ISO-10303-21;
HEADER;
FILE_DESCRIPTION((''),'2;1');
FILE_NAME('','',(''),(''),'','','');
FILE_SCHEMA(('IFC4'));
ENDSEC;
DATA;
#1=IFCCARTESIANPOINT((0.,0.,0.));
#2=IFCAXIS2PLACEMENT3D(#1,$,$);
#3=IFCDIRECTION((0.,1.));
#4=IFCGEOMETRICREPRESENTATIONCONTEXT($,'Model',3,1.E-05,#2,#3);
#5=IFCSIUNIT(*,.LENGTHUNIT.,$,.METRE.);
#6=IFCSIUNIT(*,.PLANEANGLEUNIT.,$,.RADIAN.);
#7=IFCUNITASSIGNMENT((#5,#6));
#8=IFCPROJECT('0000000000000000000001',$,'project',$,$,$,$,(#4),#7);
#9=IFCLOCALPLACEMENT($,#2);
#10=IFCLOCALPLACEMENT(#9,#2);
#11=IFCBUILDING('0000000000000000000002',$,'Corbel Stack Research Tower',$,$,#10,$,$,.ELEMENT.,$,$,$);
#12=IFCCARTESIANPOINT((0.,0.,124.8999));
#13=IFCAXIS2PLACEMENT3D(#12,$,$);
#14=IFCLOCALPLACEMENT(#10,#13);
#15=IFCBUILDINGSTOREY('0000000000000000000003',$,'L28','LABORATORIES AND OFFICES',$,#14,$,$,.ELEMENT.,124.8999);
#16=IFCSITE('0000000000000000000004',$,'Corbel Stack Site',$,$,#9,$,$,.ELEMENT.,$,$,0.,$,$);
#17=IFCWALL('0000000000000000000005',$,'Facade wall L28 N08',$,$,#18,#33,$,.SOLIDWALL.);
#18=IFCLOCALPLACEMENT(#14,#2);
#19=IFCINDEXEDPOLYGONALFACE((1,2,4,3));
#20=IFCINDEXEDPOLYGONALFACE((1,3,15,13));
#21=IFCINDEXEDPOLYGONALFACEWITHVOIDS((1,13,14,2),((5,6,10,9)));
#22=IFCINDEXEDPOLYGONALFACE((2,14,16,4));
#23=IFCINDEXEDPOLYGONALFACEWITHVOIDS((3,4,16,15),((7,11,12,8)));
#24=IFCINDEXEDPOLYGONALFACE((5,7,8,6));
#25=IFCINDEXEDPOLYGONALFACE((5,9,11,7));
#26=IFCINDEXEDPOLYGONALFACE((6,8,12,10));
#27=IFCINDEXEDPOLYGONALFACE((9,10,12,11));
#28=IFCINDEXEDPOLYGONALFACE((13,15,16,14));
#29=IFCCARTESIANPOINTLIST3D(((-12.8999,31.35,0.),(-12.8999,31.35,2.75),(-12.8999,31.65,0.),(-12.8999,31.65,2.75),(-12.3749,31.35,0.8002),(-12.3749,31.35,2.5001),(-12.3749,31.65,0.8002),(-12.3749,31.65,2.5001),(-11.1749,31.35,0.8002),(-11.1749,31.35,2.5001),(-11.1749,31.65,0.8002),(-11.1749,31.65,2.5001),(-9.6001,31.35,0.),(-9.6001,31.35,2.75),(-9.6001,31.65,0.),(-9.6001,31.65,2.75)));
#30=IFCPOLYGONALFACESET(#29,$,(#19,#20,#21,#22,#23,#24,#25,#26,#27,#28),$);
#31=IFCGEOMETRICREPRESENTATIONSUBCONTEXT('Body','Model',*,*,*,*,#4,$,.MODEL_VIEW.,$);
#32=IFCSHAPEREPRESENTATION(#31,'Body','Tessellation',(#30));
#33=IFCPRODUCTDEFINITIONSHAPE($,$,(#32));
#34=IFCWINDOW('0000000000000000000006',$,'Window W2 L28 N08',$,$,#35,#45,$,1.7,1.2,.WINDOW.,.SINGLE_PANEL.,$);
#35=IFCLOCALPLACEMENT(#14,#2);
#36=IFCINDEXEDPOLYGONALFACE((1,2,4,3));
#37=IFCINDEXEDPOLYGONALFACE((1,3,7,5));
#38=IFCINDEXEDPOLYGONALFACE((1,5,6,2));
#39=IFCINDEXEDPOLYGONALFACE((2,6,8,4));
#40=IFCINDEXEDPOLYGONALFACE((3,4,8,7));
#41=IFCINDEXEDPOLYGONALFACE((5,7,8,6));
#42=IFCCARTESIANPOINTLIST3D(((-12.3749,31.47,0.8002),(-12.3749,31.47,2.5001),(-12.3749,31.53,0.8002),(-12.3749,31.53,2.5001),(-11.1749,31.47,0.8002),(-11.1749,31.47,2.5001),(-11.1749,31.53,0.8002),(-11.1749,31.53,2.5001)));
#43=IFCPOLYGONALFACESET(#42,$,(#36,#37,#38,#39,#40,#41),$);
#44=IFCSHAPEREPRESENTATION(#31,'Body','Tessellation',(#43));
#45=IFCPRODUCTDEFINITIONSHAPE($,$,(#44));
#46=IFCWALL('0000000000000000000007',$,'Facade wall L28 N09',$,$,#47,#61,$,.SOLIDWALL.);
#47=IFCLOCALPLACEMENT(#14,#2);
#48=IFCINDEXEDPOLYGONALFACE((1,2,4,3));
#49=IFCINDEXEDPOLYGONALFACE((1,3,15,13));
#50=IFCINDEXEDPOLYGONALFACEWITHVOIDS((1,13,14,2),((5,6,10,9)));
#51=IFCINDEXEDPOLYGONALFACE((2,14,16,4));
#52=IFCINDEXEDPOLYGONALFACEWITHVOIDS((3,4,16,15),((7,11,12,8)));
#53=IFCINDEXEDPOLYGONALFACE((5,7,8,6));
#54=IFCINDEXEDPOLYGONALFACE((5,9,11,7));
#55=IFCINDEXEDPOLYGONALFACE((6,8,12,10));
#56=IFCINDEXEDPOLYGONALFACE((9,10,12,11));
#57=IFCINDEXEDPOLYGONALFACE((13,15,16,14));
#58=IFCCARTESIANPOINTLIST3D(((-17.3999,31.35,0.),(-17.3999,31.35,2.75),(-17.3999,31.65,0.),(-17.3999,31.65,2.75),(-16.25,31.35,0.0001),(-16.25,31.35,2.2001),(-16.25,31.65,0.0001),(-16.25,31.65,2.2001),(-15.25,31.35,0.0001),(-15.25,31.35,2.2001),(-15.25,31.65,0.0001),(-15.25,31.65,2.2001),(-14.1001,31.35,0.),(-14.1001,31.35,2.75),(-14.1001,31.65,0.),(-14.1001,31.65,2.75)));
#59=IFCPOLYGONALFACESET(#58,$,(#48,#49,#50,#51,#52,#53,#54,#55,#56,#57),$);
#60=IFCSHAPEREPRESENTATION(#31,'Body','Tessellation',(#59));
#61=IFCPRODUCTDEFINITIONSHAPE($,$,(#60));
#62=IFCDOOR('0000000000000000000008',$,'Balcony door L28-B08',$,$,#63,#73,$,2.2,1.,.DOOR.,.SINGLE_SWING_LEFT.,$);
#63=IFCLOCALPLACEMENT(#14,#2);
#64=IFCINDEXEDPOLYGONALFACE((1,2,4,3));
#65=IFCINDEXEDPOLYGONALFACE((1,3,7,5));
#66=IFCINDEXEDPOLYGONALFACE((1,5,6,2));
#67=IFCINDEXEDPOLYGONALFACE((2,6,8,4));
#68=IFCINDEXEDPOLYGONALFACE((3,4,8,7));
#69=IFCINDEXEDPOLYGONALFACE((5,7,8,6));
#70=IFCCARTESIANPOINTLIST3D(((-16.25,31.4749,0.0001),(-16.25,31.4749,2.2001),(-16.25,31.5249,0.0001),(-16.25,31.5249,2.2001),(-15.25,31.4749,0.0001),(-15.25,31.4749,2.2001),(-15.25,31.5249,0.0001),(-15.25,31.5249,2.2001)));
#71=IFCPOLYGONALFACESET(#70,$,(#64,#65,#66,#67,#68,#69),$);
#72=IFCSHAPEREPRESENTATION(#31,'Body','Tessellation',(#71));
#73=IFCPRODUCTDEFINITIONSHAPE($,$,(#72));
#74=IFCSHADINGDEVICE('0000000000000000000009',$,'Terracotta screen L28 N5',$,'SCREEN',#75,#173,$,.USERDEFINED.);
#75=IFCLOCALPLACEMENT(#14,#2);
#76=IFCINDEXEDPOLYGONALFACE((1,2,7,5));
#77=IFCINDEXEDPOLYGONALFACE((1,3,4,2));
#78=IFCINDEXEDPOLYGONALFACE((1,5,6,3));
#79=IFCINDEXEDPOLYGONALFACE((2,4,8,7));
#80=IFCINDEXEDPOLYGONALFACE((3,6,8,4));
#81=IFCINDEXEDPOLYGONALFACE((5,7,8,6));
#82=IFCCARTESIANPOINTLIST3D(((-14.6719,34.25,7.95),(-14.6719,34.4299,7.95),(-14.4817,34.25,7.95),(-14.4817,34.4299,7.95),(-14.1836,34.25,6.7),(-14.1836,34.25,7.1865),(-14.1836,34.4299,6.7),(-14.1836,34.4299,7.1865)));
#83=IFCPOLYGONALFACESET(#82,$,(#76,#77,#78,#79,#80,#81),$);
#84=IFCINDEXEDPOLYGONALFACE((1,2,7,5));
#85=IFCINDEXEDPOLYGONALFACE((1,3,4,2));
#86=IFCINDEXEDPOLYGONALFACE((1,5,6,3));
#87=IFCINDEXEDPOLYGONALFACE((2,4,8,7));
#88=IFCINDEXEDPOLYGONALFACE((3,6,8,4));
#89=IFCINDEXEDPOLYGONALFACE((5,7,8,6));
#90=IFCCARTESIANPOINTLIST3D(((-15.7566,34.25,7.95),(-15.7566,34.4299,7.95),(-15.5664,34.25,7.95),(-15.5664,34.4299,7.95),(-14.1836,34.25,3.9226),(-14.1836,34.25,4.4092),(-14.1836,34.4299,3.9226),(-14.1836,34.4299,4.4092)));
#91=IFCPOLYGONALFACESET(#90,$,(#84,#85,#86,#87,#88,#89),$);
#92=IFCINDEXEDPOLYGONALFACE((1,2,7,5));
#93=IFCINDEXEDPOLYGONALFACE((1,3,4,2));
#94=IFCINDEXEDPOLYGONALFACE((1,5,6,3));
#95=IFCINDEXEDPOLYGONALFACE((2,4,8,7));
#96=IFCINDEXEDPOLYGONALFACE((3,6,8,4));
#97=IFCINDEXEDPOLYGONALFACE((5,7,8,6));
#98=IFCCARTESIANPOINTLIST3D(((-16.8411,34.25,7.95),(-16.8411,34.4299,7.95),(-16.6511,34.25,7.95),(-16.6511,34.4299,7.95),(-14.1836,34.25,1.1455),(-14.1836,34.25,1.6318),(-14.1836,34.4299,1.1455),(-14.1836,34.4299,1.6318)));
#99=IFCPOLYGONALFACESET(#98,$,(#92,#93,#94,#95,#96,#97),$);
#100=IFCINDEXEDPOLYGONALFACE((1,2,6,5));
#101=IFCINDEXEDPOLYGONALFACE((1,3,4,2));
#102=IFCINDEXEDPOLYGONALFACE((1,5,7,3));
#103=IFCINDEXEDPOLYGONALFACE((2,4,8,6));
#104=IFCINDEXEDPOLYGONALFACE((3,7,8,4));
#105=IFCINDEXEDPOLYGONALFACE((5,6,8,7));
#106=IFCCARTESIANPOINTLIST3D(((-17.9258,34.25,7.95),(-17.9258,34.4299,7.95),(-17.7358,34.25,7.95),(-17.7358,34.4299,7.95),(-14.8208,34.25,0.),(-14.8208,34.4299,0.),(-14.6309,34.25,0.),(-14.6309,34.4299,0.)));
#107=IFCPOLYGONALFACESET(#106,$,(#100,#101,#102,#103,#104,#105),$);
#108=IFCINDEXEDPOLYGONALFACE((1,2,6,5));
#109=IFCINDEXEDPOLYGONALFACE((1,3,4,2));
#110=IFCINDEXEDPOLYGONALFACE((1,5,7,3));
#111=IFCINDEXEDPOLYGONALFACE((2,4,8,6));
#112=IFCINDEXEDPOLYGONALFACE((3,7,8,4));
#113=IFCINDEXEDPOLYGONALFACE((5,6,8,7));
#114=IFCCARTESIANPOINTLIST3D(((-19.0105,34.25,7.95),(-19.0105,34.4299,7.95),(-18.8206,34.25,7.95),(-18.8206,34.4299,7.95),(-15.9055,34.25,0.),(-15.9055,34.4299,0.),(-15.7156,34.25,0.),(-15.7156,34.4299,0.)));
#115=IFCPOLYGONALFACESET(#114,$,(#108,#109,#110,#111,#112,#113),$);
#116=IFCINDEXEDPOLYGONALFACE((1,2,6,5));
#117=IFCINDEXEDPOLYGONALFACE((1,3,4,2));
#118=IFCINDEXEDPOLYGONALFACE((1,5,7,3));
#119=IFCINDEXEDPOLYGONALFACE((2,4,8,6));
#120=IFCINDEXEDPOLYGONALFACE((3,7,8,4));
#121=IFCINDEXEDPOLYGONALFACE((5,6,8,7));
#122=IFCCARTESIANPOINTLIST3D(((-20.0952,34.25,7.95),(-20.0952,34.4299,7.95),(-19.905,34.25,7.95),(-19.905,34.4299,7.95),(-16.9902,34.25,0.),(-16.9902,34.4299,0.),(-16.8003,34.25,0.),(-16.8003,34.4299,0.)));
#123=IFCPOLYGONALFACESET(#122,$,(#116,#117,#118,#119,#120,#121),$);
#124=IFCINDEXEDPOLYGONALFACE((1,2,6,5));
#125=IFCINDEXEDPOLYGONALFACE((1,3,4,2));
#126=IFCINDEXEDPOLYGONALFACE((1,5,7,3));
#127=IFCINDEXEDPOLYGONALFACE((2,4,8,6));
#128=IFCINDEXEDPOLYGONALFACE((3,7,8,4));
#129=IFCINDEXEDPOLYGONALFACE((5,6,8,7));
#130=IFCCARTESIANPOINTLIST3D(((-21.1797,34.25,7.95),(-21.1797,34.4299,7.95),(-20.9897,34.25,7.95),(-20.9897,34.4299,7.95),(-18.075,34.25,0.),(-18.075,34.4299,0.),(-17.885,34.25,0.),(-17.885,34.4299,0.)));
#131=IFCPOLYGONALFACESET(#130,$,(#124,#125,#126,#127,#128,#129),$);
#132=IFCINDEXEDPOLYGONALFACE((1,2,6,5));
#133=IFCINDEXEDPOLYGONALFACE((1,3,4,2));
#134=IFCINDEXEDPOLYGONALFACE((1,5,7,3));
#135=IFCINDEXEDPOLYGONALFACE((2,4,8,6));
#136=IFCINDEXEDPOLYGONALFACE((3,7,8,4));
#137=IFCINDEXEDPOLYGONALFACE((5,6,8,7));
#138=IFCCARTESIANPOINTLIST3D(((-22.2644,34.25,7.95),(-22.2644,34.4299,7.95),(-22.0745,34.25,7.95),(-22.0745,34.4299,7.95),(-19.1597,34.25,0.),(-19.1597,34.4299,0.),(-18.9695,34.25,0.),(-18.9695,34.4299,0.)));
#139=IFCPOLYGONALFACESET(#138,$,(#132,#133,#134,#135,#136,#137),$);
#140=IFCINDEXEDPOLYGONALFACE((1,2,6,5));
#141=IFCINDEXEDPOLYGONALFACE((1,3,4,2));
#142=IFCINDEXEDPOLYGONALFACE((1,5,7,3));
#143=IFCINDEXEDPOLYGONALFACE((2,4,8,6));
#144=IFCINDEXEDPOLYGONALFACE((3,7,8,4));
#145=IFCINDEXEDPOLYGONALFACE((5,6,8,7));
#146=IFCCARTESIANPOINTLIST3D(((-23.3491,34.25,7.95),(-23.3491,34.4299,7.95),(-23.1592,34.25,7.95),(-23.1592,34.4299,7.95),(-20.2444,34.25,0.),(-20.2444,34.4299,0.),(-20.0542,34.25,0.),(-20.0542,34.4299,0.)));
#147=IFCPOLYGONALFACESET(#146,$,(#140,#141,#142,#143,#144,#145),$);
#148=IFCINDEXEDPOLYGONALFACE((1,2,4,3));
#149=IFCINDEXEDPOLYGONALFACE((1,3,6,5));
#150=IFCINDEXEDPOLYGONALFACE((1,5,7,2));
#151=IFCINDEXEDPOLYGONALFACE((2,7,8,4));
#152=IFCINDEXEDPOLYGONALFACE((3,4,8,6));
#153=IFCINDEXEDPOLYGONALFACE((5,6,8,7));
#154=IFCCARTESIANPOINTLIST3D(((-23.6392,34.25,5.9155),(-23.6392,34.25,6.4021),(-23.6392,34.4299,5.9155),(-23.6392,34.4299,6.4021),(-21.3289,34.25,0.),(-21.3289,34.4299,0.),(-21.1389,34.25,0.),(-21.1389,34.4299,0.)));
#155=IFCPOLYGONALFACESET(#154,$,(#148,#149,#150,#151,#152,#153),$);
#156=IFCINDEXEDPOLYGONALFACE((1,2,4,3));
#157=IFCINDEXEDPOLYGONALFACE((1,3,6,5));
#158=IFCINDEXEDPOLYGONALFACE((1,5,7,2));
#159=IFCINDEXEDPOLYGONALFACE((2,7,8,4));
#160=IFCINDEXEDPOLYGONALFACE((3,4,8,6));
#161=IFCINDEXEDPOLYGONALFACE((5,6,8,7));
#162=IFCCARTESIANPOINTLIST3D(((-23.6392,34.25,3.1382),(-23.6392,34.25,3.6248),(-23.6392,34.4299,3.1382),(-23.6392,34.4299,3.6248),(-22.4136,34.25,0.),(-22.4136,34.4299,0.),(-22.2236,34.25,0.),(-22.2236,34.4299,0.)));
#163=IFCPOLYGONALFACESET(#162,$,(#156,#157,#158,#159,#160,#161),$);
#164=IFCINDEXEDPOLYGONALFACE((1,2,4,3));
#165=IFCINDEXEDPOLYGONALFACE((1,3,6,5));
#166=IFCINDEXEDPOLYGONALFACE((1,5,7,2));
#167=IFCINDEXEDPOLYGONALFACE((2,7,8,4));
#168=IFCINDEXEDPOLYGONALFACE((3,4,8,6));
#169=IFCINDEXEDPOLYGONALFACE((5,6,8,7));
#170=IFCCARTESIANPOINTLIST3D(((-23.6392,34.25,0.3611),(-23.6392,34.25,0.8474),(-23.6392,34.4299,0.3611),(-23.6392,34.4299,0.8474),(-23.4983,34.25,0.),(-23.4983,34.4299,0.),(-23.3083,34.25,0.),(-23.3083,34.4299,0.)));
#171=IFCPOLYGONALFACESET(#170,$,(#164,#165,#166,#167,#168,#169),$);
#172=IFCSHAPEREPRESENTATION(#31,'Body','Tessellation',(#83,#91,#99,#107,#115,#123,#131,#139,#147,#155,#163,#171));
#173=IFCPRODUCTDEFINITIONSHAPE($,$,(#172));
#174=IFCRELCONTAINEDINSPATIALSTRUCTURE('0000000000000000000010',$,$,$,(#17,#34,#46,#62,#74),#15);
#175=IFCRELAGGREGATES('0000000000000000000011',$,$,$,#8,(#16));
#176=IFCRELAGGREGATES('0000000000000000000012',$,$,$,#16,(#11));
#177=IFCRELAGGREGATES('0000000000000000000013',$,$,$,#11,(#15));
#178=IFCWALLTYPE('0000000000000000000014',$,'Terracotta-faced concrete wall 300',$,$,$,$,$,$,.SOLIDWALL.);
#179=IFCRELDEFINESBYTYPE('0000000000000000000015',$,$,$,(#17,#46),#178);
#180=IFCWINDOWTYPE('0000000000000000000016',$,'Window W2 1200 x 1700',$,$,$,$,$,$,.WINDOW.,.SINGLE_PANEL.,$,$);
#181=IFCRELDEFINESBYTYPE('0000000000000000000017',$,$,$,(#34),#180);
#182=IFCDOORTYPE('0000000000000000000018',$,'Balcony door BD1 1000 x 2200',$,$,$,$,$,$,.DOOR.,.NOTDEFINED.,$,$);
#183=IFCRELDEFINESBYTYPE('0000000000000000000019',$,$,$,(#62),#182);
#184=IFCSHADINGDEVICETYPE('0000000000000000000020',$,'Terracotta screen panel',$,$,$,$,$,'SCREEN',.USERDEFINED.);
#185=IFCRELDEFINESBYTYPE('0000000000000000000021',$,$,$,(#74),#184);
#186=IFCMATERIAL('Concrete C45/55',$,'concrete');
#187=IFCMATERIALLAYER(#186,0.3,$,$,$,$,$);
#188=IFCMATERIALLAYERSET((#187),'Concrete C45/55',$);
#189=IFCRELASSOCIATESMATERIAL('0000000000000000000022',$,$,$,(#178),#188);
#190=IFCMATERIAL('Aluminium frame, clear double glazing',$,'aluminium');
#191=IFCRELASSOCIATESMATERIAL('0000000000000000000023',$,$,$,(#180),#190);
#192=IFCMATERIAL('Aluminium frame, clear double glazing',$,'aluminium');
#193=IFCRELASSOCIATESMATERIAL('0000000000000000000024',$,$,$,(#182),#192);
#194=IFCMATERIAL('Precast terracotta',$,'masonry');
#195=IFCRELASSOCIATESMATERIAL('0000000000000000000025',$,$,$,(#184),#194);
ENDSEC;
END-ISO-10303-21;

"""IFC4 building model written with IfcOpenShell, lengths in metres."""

from ifc_helpers import new_model, si_unit, direction, frame, frame_2d, origin, place, context, subcontext, project, spatial, polyline, rectangle, outline, extrude, source, transform, mapped, material, layer, layer_set, type_object, element, fill, save


model = new_model("IFC4")

# Units and contexts
model_context = context("Model", 3, precision=1e-05, world=origin(), true_north=direction((0.0, 1.0)))
body_context = subcontext(model_context, "Body", "Model", "MODEL_VIEW")
ifc_project = project(units=[si_unit("LENGTHUNIT", "METRE"), si_unit("PLANEANGLEUNIT", "RADIAN")], contexts=[model_context])

# Site, building, storey
site_placement = place(None, origin())
site = spatial("IfcSite", under=ifc_project, at=site_placement, Name="Corbel Stack Site", CompositionType="ELEMENT", RefElevation=0.0)
building_placement = place(site_placement, origin())
building = spatial("IfcBuilding", under=site, at=building_placement, Name="Corbel Stack Research Tower", CompositionType="ELEMENT")
storey_placement = place(building_placement, frame((0.0, 0.0, 124.8999)))
storey = spatial("IfcBuildingStorey", under=building, at=storey_placement, Name="L28", Description="LABORATORIES AND OFFICES", CompositionType="ELEMENT", Elevation=124.8999)

# Wall, opening, window
ifc_material_1 = material(Name="Concrete C45/55", Category="concrete")
ifc_layer_1 = layer(ifc_material_1, 0.3)
ifc_layer_set_1 = layer_set([ifc_layer_1], Name="Concrete C45/55")
wall_type_1 = type_object("IfcWallType", Name="Terracotta-faced concrete wall 300", PredefinedType="SOLIDWALL", material=ifc_layer_set_1)
wall_1_placement = place(storey_placement, frame((-12.8999, 31.5, 0.0), z_axis=(0.0, 0.0, 1.0), x_axis=(1.0, 0.0, 0.0)))
wall_1 = element("IfcWall", 1, at=wall_1_placement, inside=storey, type_object=wall_type_1, Name="Facade wall L28 N08", PredefinedType="SOLIDWALL", context=body_context, shape_type="SweptSolid", body=[
    extrude(rectangle(XDim=3.2998, YDim=0.3, at=frame_2d((1.6499, 0.0))), origin(), (0.0, 0.0, 1.0), 2.75),
])
opening_1_placement = place(wall_1_placement, frame((0.5249, 0.0, 0.8)))
opening_1 = element("IfcOpeningElement", 2, at=opening_1_placement, cuts=wall_1, PredefinedType="OPENING", context=body_context, shape_type="SweptSolid", body=[
    extrude(rectangle(XDim=1.2, YDim=1.7, at=frame_2d((0.6001, 0.8501))), frame((0.0, 0.1599, 0.0), z_axis=(0.0, -1.0, 0.0), x_axis=(1.0, 0.0, 0.0)), (0.0, 0.0, 1.0), 0.3201),
])
ifc_material_2 = material(Name="Aluminium frame, clear double glazing", Category="aluminium")
window_type_1 = type_object("IfcWindowType", Name="Window W2 1200 x 1700", PartitioningType="SINGLE_PANEL", PredefinedType="WINDOW", material=ifc_material_2)
window_1_placement = place(opening_1_placement, origin())
window_1 = element("IfcWindow", 3, at=window_1_placement, inside=storey, type_object=window_type_1, Name="Window W2 L28 N08", OverallHeight=1.7, OverallWidth=1.2, PartitioningType="SINGLE_PANEL", PredefinedType="WINDOW", context=body_context, shape_type="SweptSolid", body=[
    extrude(rectangle(XDim=1.2, YDim=1.7, at=frame_2d((0.6001, 0.8501))), frame((0.0, 0.03, 0.0), z_axis=(0.0, -1.0, 0.0), x_axis=(1.0, 0.0, 0.0)), (0.0, 0.0, 1.0), 0.0601),
])
fill(opening_1, window_1)

# Wall, opening, door
wall_2_placement = place(storey_placement, frame((-17.3999, 31.5, 0.0), z_axis=(0.0, 0.0, 1.0), x_axis=(1.0, 0.0, 0.0)))
wall_2 = element("IfcWall", 4, at=wall_2_placement, inside=storey, type_object=wall_type_1, Name="Facade wall L28 N09", PredefinedType="SOLIDWALL", context=body_context, shape_type="SweptSolid", body=[
    extrude(rectangle(XDim=3.2998, YDim=0.3, at=frame_2d((1.6499, 0.0))), origin(), (0.0, 0.0, 1.0), 2.75),
])
opening_2_placement = place(wall_2_placement, frame((1.1499, 0.0, 0.0)))
opening_2 = element("IfcOpeningElement", 5, at=opening_2_placement, cuts=wall_2, PredefinedType="OPENING", context=body_context, shape_type="SweptSolid", body=[
    extrude(rectangle(XDim=1.0, YDim=2.2, at=frame_2d((0.5, 1.1001))), frame((0.0, 0.1599, 0.0), z_axis=(0.0, -1.0, 0.0), x_axis=(1.0, 0.0, 0.0)), (0.0, 0.0, 1.0), 0.3201),
])
ifc_material_3 = material(Name="Aluminium frame, clear double glazing", Category="aluminium")
door_type_1 = type_object("IfcDoorType", Name="Balcony door BD1 1000 x 2200", OperationType="NOTDEFINED", PredefinedType="DOOR", material=ifc_material_3)
door_1_placement = place(opening_2_placement, origin())
door_1 = element("IfcDoor", 6, at=door_1_placement, inside=storey, type_object=door_type_1, Name="Balcony door L28-B08", OperationType="SINGLE_SWING_LEFT", OverallHeight=2.2, OverallWidth=1.0, PredefinedType="DOOR", context=body_context, shape_type="SweptSolid", body=[
    extrude(rectangle(XDim=1.0, YDim=2.2, at=frame_2d((0.5, 1.1001))), frame((0.0, 0.0249, 0.0), z_axis=(0.0, -1.0, 0.0), x_axis=(1.0, 0.0, 0.0)), (0.0, 0.0, 1.0), 0.05),
])
fill(opening_2, door_1)

# Shading device
ifc_material_4 = material(Name="Precast terracotta", Category="masonry")
shading_device_type = type_object("IfcShadingDeviceType", Name="Terracotta screen panel", ElementType="SCREEN", PredefinedType="USERDEFINED", material=ifc_material_4)
shared_shape_1 = source(origin(), body_context, "Body", "SweptSolid", [
    extrude(outline(polyline([(0.4883, 7.95), (0.2981, 7.95), (0.0, 7.1865), (0.0, 6.7), (0.4883, 7.95)])), frame((0.0, 0.0, 0.0), z_axis=(0.0, -1.0, 0.0), x_axis=(1.0, 0.0, 0.0)), (0.0, 0.0, 1.0), 0.1799),
    extrude(outline(polyline([(1.573, 7.95), (1.3828, 7.95), (0.0, 4.4092), (0.0, 3.9226), (1.573, 7.95)])), frame((0.0, 0.0, 0.0), z_axis=(0.0, -1.0, 0.0), x_axis=(1.0, 0.0, 0.0)), (0.0, 0.0, 1.0), 0.1799),
    extrude(outline(polyline([(2.6575, 7.95), (2.4675, 7.95), (0.0, 1.6318), (0.0, 1.1455), (2.6575, 7.95)])), frame((0.0, 0.0, 0.0), z_axis=(0.0, -1.0, 0.0), x_axis=(1.0, 0.0, 0.0)), (0.0, 0.0, 1.0), 0.1799),
    extrude(outline(polyline([(0.6372, 0.0), (3.7422, 7.95), (3.5522, 7.95), (0.4473, 0.0), (0.6372, 0.0)])), frame((0.0, 0.0, 0.0), z_axis=(0.0, -1.0, 0.0), x_axis=(1.0, 0.0, 0.0)), (0.0, 0.0, 1.0), 0.1799),
    extrude(outline(polyline([(1.7219, 0.0), (4.8269, 7.95), (4.637, 7.95), (1.532, 0.0), (1.7219, 0.0)])), frame((0.0, 0.0, 0.0), z_axis=(0.0, -1.0, 0.0), x_axis=(1.0, 0.0, 0.0)), (0.0, 0.0, 1.0), 0.1799),
    extrude(outline(polyline([(2.8066, 0.0), (5.9116, 7.95), (5.7214, 7.95), (2.6167, 0.0), (2.8066, 0.0)])), frame((0.0, 0.0, 0.0), z_axis=(0.0, -1.0, 0.0), x_axis=(1.0, 0.0, 0.0)), (0.0, 0.0, 1.0), 0.1799),
    extrude(outline(polyline([(3.8914, 0.0), (6.9961, 7.95), (6.8062, 7.95), (3.7014, 0.0), (3.8914, 0.0)])), frame((0.0, 0.0, 0.0), z_axis=(0.0, -1.0, 0.0), x_axis=(1.0, 0.0, 0.0)), (0.0, 0.0, 1.0), 0.1799),
    extrude(outline(polyline([(4.9761, 0.0), (8.0808, 7.95), (7.8909, 7.95), (4.7859, 0.0), (4.9761, 0.0)])), frame((0.0, 0.0, 0.0), z_axis=(0.0, -1.0, 0.0), x_axis=(1.0, 0.0, 0.0)), (0.0, 0.0, 1.0), 0.1799),
    extrude(outline(polyline([(6.0608, 0.0), (9.1655, 7.95), (8.9756, 7.95), (5.8706, 0.0), (6.0608, 0.0)])), frame((0.0, 0.0, 0.0), z_axis=(0.0, -1.0, 0.0), x_axis=(1.0, 0.0, 0.0)), (0.0, 0.0, 1.0), 0.1799),
    extrude(outline(polyline([(7.1453, 0.0), (9.4556, 5.9155), (9.4556, 6.4021), (6.9553, 0.0), (7.1453, 0.0)])), frame((0.0, 0.0, 0.0), z_axis=(0.0, -1.0, 0.0), x_axis=(1.0, 0.0, 0.0)), (0.0, 0.0, 1.0), 0.1799),
    extrude(outline(polyline([(8.23, 0.0), (9.4556, 3.1382), (9.4556, 3.6248), (8.04, 0.0), (8.23, 0.0)])), frame((0.0, 0.0, 0.0), z_axis=(0.0, -1.0, 0.0), x_axis=(1.0, 0.0, 0.0)), (0.0, 0.0, 1.0), 0.1799),
    extrude(outline(polyline([(9.3147, 0.0), (9.4556, 0.3611), (9.4556, 0.8474), (9.1248, 0.0), (9.3147, 0.0)])), frame((0.0, 0.0, 0.0), z_axis=(0.0, -1.0, 0.0), x_axis=(1.0, 0.0, 0.0)), (0.0, 0.0, 1.0), 0.1799),
])
shading_device_1_placement = place(storey_placement, frame((-14.1836, 34.25, 0.0), z_axis=(0.0, 0.0, 1.0), x_axis=(-1.0, 0.0, 0.0)))
element("IfcShadingDevice", 7, at=shading_device_1_placement, inside=storey, type_object=shading_device_type, Name="Terracotta screen L28 N5", ObjectType="SCREEN", PredefinedType="USERDEFINED", context=body_context, shape_type="MappedRepresentation", body=[
    mapped(shared_shape_1, transform((0.0, 0.0, 0.0))),
])

save(model, "model.ifc")
